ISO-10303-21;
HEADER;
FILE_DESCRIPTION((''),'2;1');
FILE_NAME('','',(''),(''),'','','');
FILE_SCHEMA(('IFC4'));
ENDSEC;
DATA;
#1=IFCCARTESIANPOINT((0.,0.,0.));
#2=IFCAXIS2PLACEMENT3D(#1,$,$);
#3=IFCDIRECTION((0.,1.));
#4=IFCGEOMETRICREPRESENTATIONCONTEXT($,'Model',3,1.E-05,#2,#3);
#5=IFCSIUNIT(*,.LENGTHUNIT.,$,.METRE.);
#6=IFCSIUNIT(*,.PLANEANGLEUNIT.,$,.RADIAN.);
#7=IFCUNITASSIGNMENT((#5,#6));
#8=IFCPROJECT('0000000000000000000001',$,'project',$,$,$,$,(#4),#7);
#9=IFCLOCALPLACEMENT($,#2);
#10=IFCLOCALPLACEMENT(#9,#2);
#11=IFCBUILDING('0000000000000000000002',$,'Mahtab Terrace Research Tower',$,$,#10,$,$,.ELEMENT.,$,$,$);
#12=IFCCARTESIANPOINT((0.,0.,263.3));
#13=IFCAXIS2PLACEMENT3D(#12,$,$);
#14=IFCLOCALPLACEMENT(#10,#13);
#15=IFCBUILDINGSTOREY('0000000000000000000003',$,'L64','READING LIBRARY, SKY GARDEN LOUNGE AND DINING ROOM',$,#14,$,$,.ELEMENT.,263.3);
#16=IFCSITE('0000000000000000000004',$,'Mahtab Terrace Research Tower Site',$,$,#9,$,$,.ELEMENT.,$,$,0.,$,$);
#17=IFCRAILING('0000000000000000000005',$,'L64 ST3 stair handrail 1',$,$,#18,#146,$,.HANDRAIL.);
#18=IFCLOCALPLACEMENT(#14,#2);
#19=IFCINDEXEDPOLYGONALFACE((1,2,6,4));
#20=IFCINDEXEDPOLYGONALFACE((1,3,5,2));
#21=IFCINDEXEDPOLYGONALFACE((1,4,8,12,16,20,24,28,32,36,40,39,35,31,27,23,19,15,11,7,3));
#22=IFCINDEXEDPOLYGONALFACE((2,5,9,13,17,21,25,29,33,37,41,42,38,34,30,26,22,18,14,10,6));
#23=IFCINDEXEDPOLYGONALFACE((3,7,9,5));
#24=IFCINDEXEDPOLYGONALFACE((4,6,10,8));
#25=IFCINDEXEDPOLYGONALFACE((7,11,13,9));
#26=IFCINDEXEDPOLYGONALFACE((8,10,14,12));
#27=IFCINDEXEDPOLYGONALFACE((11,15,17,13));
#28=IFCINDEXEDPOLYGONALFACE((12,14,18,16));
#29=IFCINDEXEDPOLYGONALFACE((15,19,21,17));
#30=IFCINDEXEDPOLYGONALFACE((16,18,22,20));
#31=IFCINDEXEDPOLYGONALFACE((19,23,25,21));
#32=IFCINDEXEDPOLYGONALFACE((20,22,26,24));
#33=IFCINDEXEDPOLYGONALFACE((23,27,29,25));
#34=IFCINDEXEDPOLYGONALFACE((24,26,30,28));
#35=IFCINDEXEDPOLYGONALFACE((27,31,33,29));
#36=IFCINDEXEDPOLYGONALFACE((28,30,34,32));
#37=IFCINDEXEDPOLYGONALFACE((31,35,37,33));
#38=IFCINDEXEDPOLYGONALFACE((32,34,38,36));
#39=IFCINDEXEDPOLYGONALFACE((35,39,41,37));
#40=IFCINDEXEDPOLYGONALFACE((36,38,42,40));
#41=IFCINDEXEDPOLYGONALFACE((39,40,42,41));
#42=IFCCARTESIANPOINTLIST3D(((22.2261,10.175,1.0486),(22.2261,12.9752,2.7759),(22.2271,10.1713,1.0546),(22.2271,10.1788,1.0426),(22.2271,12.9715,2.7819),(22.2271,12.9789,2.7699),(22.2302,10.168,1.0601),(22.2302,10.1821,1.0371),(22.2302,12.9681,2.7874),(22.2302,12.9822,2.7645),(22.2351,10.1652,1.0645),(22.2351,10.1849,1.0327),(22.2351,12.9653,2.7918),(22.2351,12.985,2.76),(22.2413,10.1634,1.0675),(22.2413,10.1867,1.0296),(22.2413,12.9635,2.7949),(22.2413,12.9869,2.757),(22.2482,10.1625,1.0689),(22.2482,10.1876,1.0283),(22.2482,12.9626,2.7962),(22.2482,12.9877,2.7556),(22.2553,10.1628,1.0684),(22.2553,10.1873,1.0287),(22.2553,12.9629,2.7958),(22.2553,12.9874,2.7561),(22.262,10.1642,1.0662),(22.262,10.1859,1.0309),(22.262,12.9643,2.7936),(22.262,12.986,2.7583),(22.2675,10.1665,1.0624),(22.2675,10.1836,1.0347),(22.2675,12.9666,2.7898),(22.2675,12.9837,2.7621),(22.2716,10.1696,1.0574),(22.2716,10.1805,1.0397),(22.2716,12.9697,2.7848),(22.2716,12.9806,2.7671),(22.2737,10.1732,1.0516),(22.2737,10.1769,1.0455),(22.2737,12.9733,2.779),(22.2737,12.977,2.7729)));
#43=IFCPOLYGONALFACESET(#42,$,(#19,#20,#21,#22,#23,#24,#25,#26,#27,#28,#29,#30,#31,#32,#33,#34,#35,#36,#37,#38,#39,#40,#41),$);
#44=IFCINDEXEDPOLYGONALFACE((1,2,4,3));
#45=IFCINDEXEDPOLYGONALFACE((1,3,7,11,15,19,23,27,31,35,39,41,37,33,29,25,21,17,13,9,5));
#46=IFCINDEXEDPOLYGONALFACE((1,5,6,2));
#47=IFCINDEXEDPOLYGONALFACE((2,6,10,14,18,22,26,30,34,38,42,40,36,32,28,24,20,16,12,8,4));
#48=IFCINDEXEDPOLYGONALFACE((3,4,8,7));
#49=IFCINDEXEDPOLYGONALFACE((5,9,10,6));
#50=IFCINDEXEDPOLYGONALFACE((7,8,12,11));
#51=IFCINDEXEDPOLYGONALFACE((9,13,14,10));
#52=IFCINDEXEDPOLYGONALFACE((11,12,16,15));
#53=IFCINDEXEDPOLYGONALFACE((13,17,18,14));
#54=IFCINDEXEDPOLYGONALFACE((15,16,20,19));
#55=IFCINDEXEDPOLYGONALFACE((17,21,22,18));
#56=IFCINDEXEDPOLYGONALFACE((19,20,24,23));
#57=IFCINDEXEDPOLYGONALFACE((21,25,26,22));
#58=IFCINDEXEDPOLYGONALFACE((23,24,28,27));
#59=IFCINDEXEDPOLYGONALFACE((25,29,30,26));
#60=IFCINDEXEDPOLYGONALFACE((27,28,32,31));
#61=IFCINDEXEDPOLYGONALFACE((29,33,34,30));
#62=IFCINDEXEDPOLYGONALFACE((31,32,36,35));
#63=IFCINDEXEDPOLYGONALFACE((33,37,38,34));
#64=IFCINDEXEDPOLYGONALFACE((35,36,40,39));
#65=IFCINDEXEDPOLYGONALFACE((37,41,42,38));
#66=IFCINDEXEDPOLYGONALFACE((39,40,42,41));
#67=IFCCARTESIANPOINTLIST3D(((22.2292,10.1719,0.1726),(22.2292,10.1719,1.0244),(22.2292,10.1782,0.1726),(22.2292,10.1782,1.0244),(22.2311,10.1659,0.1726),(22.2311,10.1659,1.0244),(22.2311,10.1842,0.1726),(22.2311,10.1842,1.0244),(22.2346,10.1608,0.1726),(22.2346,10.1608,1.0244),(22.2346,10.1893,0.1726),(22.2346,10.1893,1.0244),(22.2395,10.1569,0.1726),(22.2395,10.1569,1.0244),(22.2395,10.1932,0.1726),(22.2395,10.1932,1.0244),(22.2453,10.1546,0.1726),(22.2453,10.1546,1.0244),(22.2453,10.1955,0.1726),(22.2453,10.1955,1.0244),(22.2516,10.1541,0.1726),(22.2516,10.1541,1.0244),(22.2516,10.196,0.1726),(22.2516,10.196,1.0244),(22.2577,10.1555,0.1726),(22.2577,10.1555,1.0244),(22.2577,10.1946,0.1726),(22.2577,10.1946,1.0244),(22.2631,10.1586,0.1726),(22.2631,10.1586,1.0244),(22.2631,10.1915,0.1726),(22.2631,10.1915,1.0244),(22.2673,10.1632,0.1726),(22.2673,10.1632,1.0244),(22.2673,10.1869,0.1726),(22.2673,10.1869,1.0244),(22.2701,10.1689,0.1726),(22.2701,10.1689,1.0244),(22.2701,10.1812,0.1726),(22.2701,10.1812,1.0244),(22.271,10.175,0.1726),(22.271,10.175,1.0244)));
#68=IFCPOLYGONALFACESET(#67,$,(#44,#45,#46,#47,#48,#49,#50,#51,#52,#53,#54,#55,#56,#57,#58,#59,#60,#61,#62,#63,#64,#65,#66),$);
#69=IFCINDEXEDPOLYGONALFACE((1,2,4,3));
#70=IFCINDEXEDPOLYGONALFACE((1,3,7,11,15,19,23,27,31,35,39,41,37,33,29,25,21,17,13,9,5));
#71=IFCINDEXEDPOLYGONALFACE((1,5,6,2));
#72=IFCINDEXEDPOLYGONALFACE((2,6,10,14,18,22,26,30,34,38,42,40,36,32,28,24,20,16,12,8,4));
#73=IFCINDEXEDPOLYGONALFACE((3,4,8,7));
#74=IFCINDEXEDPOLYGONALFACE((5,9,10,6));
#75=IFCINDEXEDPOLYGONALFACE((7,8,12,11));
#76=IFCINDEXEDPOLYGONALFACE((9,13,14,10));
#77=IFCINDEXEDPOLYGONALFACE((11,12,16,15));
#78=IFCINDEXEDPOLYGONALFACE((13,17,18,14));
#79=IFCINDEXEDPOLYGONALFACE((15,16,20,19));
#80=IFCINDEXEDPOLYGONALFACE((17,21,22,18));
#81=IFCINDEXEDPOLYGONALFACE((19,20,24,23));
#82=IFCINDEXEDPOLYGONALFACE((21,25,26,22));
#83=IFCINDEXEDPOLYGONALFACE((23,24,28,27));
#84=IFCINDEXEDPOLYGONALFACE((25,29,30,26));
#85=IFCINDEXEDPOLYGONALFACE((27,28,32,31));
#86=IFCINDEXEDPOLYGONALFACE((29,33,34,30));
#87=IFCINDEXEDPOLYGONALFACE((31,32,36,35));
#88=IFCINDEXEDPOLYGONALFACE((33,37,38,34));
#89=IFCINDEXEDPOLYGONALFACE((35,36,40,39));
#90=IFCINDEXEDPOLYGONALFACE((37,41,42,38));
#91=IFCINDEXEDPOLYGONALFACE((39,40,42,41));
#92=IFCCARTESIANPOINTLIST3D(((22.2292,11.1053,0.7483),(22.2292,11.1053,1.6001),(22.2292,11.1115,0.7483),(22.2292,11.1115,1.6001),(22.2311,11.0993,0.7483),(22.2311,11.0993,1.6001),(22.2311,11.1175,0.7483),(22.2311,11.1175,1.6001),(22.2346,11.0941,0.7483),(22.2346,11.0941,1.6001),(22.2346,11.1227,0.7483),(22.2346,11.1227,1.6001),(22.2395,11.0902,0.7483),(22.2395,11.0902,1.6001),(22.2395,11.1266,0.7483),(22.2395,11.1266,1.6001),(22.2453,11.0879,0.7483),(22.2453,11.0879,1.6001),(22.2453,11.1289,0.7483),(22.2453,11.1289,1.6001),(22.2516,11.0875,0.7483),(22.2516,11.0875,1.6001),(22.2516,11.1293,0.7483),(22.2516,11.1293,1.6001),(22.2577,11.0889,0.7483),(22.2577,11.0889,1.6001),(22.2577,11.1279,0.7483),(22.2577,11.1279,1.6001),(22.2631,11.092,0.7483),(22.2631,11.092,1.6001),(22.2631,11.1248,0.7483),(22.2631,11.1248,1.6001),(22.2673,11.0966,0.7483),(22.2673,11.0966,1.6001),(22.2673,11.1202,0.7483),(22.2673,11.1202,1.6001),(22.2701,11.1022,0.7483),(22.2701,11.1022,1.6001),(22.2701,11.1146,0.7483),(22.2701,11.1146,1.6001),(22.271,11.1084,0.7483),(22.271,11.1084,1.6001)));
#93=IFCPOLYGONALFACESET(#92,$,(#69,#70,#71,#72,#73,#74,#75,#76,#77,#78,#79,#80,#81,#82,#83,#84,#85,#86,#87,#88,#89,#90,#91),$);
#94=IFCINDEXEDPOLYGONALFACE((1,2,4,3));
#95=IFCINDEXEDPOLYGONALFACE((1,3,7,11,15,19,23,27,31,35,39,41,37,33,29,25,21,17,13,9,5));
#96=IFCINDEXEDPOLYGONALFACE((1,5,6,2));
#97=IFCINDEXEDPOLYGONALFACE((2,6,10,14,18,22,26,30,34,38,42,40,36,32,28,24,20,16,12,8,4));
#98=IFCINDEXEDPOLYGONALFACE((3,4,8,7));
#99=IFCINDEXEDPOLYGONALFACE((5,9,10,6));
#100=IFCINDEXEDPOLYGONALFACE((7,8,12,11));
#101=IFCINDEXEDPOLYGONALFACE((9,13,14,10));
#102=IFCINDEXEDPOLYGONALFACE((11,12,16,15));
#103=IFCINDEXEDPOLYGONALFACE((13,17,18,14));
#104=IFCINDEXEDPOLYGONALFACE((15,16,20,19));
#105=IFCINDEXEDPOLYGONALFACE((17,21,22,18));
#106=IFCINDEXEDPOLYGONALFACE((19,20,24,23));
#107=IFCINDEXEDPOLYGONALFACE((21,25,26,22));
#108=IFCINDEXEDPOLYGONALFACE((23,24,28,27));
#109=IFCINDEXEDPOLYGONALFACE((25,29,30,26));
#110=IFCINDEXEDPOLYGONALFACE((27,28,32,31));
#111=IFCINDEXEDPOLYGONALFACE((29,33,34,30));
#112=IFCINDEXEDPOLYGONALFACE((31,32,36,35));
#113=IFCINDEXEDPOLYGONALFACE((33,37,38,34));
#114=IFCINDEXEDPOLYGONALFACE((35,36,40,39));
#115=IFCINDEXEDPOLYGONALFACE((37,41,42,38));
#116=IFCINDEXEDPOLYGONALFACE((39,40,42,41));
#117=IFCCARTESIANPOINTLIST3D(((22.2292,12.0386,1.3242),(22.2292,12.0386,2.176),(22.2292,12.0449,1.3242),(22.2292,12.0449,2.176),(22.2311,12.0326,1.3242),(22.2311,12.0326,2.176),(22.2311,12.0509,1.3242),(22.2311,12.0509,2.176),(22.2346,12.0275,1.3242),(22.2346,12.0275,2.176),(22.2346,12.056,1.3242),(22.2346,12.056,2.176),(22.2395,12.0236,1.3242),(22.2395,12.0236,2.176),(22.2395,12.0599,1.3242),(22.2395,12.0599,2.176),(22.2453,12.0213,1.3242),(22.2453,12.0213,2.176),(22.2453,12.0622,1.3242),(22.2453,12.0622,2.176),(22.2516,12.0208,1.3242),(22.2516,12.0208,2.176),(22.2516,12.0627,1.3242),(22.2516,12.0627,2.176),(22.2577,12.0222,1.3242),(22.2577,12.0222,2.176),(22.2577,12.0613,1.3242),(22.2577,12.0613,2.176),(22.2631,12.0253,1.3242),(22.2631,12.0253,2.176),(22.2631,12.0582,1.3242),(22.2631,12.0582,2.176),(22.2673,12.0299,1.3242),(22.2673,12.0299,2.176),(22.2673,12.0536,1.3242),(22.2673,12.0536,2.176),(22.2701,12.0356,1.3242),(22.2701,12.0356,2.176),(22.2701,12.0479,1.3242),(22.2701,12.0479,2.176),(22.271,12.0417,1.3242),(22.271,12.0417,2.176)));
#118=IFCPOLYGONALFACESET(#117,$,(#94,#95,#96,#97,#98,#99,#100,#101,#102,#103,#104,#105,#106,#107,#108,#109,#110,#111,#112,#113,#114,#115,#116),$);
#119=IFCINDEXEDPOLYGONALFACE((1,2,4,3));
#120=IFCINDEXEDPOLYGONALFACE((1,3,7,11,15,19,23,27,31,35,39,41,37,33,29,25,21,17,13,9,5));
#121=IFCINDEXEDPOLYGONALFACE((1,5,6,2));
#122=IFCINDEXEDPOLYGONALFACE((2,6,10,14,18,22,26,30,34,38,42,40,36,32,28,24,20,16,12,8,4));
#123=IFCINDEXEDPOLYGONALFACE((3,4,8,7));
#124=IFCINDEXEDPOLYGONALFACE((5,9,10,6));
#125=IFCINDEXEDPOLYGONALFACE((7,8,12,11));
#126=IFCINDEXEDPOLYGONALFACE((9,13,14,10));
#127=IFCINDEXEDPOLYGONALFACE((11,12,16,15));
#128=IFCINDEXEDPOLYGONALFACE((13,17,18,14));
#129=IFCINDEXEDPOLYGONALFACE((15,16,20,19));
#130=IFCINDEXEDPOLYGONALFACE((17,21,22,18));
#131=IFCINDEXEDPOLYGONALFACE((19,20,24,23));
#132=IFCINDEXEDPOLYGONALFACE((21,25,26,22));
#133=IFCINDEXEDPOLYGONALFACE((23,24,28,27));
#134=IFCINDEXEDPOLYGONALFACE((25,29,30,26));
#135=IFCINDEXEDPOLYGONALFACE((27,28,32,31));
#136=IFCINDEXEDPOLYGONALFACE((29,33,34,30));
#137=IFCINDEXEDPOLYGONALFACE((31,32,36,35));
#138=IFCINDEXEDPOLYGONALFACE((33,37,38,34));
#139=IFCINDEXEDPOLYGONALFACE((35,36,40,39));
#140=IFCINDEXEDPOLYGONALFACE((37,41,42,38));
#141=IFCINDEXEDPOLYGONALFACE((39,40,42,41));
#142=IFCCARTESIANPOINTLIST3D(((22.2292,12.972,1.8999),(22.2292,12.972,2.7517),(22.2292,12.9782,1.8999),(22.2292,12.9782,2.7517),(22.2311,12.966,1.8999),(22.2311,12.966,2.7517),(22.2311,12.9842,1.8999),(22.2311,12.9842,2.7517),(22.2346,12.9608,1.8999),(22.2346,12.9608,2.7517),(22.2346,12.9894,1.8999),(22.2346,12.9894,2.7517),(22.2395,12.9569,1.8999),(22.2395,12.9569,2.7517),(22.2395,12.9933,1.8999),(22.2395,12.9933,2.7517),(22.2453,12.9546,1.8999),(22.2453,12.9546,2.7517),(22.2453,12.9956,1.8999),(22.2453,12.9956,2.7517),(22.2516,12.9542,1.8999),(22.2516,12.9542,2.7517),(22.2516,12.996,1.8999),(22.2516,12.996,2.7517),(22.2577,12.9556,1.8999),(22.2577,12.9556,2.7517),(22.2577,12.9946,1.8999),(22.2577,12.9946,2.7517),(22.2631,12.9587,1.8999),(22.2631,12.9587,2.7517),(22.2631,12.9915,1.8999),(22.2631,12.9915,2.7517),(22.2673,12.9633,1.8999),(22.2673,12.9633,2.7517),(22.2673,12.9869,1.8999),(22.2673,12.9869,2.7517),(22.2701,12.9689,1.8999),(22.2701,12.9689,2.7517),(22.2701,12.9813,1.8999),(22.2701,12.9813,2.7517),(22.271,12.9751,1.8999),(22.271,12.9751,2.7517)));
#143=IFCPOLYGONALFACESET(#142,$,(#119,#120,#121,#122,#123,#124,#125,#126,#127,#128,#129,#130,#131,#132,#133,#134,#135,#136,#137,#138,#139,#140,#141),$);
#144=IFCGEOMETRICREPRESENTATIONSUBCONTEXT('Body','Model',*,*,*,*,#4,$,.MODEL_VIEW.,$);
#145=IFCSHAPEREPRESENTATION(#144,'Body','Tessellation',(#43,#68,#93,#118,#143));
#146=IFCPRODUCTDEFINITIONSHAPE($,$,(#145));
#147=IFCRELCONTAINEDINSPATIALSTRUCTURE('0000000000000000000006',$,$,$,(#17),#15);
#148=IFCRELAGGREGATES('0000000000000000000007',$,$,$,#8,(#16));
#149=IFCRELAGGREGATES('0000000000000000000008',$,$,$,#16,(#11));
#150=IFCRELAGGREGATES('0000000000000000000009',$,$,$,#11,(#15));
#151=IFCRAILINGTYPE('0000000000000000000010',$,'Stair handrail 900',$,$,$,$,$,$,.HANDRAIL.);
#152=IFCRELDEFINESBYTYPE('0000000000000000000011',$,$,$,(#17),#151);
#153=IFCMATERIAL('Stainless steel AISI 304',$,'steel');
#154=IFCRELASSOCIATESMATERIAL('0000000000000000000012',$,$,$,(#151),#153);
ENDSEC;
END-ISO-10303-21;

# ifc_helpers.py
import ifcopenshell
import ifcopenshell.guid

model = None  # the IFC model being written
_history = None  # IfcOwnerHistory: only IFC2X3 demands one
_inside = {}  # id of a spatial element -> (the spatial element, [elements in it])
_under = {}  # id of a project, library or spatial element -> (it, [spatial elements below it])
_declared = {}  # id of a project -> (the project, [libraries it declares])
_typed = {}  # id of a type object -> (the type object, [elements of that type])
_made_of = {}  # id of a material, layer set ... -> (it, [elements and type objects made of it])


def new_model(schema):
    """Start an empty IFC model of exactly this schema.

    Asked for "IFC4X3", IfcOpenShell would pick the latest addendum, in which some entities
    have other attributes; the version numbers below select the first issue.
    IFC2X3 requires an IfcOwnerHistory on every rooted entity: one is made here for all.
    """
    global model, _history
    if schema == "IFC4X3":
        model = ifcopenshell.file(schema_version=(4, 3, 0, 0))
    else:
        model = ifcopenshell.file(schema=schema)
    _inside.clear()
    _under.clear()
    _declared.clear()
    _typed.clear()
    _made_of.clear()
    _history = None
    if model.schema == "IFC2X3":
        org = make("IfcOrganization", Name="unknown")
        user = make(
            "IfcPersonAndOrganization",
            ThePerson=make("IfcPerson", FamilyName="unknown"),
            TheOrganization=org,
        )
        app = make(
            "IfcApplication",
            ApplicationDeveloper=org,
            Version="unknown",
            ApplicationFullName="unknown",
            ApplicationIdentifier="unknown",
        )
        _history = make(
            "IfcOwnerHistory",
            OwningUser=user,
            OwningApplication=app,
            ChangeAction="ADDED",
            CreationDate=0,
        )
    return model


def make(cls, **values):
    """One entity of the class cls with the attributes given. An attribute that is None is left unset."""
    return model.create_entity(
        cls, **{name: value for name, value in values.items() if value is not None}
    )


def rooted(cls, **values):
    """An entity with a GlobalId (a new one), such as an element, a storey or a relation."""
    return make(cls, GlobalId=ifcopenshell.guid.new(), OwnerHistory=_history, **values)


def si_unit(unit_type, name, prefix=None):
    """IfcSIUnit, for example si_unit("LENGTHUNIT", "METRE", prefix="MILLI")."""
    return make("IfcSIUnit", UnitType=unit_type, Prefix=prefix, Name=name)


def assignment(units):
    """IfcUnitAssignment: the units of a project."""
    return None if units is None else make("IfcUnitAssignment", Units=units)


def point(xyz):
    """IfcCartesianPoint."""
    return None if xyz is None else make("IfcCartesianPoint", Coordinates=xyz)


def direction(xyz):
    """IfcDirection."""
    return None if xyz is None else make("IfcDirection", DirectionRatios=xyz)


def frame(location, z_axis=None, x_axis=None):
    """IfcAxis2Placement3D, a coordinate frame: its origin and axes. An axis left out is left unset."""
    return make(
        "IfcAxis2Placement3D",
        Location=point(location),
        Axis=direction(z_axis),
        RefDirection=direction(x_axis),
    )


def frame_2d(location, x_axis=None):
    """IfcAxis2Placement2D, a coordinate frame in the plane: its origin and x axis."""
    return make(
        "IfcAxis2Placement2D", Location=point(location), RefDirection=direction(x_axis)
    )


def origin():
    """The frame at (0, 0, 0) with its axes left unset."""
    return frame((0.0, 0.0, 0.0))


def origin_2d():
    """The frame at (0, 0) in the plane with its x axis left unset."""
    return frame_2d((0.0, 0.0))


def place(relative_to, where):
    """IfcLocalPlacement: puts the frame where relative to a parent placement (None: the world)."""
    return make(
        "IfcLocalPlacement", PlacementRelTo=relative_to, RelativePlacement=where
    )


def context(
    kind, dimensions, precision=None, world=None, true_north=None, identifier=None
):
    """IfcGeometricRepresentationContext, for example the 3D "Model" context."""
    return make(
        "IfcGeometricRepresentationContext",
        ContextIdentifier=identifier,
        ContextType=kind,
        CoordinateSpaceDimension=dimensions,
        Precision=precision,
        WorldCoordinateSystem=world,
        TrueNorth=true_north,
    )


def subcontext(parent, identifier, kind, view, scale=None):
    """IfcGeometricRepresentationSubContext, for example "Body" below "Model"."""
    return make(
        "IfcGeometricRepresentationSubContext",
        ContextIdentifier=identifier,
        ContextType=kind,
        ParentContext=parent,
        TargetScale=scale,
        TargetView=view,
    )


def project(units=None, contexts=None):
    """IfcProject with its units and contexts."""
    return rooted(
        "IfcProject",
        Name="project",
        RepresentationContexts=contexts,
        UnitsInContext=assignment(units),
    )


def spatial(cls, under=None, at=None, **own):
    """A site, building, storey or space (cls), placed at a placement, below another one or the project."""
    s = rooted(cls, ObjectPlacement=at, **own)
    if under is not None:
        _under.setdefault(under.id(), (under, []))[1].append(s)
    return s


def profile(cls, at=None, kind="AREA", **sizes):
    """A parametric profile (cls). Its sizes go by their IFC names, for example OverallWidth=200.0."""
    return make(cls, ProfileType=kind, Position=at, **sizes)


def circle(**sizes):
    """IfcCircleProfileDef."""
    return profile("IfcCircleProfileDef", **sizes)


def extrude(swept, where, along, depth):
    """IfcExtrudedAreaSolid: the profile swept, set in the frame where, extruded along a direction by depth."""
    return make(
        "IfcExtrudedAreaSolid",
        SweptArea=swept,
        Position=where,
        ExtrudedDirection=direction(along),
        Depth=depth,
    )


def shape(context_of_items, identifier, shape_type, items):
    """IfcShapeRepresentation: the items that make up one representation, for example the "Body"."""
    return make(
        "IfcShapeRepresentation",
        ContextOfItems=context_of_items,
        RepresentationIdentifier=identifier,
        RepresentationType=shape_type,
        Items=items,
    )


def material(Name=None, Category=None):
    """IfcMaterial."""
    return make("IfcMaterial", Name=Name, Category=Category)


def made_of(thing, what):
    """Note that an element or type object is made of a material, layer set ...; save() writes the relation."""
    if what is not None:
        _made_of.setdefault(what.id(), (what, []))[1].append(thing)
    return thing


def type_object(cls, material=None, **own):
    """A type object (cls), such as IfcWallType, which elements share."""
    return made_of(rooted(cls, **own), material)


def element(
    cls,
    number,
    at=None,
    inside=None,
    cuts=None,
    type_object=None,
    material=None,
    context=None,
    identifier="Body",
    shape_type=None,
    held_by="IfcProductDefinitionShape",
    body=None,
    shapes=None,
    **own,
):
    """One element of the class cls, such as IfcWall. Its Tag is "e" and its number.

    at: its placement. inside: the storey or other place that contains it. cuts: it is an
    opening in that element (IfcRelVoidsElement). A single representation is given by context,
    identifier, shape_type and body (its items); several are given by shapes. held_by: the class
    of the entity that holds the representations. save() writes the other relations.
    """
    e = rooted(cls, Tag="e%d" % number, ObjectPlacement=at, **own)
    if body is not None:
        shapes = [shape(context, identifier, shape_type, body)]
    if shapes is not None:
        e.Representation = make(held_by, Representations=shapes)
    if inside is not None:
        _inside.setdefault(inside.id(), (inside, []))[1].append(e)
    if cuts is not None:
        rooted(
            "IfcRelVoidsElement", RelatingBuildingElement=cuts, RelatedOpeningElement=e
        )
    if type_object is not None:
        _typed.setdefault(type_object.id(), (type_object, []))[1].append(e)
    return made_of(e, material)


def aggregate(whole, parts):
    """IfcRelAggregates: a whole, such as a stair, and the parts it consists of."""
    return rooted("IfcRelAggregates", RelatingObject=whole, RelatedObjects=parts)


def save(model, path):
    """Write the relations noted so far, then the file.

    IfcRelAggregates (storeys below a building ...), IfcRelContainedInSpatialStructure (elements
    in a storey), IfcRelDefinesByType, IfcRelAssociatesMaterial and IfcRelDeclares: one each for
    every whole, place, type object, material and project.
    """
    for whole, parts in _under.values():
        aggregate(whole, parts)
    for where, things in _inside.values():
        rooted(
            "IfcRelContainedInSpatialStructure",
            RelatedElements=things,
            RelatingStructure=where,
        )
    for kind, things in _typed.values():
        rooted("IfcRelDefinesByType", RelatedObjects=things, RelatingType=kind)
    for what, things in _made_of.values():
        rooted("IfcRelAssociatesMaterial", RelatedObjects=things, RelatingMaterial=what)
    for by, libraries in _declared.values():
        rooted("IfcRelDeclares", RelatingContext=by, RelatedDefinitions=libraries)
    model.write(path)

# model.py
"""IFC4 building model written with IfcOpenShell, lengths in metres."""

from ifc_helpers import new_model, si_unit, direction, frame, origin, origin_2d, place, context, subcontext, project, spatial, circle, extrude, material, type_object, element, save


model = new_model("IFC4")

# Units and contexts
model_context = context("Model", 3, precision=1e-05, world=origin(), true_north=direction((0.0, 1.0)))
body_context = subcontext(model_context, "Body", "Model", "MODEL_VIEW")
ifc_project = project(units=[si_unit("LENGTHUNIT", "METRE"), si_unit("PLANEANGLEUNIT", "RADIAN")], contexts=[model_context])

# Site, building, storey
site_placement = place(None, origin())
site = spatial("IfcSite", under=ifc_project, at=site_placement, Name="Mahtab Terrace Research Tower Site", CompositionType="ELEMENT", RefElevation=0.0)
building_placement = place(site_placement, origin())
building = spatial("IfcBuilding", under=site, at=building_placement, Name="Mahtab Terrace Research Tower", CompositionType="ELEMENT")
storey_placement = place(building_placement, frame((0.0, 0.0, 263.3)))
storey = spatial("IfcBuildingStorey", under=building, at=storey_placement, Name="L64", Description="READING LIBRARY, SKY GARDEN LOUNGE AND DINING ROOM", CompositionType="ELEMENT", Elevation=263.3)

# Shared definitions
ifc_material_1 = material(Name="Stainless steel AISI 304", Category="steel")

# Railing
railing_type_1 = type_object("IfcRailingType", Name="Stair handrail 900", PredefinedType="HANDRAIL", material=ifc_material_1)
railing_1_placement = place(storey_placement, frame((22.25, 10.175, 0.1726)))
element("IfcRailing", 1, at=railing_1_placement, inside=storey, type_object=railing_type_1, Name="L64 ST3 stair handrail 1", PredefinedType="HANDRAIL", context=body_context, shape_type="SweptSolid", body=[
    extrude(circle(Radius=0.0239, at=origin_2d()), frame((0.0, 0.0, 0.876), z_axis=(0.0, 0.85109, 0.52502), x_axis=(-1.0, 0.0, 0.0)), (0.0, 0.0, 1.0), 3.29),
    extrude(circle(Radius=0.021, at=origin_2d()), origin(), (0.0, 0.0, 1.0), 0.8518),
    extrude(circle(Radius=0.021, at=origin_2d()), frame((0.0, 0.9333, 0.5757)), (0.0, 0.0, 1.0), 0.8518),
    extrude(circle(Radius=0.021, at=origin_2d()), frame((0.0, 1.8667, 1.1516)), (0.0, 0.0, 1.0), 0.8518),
    extrude(circle(Radius=0.021, at=origin_2d()), frame((0.0, 2.8, 1.7273)), (0.0, 0.0, 1.0), 0.8518),
])

save(model, "model.ifc")
